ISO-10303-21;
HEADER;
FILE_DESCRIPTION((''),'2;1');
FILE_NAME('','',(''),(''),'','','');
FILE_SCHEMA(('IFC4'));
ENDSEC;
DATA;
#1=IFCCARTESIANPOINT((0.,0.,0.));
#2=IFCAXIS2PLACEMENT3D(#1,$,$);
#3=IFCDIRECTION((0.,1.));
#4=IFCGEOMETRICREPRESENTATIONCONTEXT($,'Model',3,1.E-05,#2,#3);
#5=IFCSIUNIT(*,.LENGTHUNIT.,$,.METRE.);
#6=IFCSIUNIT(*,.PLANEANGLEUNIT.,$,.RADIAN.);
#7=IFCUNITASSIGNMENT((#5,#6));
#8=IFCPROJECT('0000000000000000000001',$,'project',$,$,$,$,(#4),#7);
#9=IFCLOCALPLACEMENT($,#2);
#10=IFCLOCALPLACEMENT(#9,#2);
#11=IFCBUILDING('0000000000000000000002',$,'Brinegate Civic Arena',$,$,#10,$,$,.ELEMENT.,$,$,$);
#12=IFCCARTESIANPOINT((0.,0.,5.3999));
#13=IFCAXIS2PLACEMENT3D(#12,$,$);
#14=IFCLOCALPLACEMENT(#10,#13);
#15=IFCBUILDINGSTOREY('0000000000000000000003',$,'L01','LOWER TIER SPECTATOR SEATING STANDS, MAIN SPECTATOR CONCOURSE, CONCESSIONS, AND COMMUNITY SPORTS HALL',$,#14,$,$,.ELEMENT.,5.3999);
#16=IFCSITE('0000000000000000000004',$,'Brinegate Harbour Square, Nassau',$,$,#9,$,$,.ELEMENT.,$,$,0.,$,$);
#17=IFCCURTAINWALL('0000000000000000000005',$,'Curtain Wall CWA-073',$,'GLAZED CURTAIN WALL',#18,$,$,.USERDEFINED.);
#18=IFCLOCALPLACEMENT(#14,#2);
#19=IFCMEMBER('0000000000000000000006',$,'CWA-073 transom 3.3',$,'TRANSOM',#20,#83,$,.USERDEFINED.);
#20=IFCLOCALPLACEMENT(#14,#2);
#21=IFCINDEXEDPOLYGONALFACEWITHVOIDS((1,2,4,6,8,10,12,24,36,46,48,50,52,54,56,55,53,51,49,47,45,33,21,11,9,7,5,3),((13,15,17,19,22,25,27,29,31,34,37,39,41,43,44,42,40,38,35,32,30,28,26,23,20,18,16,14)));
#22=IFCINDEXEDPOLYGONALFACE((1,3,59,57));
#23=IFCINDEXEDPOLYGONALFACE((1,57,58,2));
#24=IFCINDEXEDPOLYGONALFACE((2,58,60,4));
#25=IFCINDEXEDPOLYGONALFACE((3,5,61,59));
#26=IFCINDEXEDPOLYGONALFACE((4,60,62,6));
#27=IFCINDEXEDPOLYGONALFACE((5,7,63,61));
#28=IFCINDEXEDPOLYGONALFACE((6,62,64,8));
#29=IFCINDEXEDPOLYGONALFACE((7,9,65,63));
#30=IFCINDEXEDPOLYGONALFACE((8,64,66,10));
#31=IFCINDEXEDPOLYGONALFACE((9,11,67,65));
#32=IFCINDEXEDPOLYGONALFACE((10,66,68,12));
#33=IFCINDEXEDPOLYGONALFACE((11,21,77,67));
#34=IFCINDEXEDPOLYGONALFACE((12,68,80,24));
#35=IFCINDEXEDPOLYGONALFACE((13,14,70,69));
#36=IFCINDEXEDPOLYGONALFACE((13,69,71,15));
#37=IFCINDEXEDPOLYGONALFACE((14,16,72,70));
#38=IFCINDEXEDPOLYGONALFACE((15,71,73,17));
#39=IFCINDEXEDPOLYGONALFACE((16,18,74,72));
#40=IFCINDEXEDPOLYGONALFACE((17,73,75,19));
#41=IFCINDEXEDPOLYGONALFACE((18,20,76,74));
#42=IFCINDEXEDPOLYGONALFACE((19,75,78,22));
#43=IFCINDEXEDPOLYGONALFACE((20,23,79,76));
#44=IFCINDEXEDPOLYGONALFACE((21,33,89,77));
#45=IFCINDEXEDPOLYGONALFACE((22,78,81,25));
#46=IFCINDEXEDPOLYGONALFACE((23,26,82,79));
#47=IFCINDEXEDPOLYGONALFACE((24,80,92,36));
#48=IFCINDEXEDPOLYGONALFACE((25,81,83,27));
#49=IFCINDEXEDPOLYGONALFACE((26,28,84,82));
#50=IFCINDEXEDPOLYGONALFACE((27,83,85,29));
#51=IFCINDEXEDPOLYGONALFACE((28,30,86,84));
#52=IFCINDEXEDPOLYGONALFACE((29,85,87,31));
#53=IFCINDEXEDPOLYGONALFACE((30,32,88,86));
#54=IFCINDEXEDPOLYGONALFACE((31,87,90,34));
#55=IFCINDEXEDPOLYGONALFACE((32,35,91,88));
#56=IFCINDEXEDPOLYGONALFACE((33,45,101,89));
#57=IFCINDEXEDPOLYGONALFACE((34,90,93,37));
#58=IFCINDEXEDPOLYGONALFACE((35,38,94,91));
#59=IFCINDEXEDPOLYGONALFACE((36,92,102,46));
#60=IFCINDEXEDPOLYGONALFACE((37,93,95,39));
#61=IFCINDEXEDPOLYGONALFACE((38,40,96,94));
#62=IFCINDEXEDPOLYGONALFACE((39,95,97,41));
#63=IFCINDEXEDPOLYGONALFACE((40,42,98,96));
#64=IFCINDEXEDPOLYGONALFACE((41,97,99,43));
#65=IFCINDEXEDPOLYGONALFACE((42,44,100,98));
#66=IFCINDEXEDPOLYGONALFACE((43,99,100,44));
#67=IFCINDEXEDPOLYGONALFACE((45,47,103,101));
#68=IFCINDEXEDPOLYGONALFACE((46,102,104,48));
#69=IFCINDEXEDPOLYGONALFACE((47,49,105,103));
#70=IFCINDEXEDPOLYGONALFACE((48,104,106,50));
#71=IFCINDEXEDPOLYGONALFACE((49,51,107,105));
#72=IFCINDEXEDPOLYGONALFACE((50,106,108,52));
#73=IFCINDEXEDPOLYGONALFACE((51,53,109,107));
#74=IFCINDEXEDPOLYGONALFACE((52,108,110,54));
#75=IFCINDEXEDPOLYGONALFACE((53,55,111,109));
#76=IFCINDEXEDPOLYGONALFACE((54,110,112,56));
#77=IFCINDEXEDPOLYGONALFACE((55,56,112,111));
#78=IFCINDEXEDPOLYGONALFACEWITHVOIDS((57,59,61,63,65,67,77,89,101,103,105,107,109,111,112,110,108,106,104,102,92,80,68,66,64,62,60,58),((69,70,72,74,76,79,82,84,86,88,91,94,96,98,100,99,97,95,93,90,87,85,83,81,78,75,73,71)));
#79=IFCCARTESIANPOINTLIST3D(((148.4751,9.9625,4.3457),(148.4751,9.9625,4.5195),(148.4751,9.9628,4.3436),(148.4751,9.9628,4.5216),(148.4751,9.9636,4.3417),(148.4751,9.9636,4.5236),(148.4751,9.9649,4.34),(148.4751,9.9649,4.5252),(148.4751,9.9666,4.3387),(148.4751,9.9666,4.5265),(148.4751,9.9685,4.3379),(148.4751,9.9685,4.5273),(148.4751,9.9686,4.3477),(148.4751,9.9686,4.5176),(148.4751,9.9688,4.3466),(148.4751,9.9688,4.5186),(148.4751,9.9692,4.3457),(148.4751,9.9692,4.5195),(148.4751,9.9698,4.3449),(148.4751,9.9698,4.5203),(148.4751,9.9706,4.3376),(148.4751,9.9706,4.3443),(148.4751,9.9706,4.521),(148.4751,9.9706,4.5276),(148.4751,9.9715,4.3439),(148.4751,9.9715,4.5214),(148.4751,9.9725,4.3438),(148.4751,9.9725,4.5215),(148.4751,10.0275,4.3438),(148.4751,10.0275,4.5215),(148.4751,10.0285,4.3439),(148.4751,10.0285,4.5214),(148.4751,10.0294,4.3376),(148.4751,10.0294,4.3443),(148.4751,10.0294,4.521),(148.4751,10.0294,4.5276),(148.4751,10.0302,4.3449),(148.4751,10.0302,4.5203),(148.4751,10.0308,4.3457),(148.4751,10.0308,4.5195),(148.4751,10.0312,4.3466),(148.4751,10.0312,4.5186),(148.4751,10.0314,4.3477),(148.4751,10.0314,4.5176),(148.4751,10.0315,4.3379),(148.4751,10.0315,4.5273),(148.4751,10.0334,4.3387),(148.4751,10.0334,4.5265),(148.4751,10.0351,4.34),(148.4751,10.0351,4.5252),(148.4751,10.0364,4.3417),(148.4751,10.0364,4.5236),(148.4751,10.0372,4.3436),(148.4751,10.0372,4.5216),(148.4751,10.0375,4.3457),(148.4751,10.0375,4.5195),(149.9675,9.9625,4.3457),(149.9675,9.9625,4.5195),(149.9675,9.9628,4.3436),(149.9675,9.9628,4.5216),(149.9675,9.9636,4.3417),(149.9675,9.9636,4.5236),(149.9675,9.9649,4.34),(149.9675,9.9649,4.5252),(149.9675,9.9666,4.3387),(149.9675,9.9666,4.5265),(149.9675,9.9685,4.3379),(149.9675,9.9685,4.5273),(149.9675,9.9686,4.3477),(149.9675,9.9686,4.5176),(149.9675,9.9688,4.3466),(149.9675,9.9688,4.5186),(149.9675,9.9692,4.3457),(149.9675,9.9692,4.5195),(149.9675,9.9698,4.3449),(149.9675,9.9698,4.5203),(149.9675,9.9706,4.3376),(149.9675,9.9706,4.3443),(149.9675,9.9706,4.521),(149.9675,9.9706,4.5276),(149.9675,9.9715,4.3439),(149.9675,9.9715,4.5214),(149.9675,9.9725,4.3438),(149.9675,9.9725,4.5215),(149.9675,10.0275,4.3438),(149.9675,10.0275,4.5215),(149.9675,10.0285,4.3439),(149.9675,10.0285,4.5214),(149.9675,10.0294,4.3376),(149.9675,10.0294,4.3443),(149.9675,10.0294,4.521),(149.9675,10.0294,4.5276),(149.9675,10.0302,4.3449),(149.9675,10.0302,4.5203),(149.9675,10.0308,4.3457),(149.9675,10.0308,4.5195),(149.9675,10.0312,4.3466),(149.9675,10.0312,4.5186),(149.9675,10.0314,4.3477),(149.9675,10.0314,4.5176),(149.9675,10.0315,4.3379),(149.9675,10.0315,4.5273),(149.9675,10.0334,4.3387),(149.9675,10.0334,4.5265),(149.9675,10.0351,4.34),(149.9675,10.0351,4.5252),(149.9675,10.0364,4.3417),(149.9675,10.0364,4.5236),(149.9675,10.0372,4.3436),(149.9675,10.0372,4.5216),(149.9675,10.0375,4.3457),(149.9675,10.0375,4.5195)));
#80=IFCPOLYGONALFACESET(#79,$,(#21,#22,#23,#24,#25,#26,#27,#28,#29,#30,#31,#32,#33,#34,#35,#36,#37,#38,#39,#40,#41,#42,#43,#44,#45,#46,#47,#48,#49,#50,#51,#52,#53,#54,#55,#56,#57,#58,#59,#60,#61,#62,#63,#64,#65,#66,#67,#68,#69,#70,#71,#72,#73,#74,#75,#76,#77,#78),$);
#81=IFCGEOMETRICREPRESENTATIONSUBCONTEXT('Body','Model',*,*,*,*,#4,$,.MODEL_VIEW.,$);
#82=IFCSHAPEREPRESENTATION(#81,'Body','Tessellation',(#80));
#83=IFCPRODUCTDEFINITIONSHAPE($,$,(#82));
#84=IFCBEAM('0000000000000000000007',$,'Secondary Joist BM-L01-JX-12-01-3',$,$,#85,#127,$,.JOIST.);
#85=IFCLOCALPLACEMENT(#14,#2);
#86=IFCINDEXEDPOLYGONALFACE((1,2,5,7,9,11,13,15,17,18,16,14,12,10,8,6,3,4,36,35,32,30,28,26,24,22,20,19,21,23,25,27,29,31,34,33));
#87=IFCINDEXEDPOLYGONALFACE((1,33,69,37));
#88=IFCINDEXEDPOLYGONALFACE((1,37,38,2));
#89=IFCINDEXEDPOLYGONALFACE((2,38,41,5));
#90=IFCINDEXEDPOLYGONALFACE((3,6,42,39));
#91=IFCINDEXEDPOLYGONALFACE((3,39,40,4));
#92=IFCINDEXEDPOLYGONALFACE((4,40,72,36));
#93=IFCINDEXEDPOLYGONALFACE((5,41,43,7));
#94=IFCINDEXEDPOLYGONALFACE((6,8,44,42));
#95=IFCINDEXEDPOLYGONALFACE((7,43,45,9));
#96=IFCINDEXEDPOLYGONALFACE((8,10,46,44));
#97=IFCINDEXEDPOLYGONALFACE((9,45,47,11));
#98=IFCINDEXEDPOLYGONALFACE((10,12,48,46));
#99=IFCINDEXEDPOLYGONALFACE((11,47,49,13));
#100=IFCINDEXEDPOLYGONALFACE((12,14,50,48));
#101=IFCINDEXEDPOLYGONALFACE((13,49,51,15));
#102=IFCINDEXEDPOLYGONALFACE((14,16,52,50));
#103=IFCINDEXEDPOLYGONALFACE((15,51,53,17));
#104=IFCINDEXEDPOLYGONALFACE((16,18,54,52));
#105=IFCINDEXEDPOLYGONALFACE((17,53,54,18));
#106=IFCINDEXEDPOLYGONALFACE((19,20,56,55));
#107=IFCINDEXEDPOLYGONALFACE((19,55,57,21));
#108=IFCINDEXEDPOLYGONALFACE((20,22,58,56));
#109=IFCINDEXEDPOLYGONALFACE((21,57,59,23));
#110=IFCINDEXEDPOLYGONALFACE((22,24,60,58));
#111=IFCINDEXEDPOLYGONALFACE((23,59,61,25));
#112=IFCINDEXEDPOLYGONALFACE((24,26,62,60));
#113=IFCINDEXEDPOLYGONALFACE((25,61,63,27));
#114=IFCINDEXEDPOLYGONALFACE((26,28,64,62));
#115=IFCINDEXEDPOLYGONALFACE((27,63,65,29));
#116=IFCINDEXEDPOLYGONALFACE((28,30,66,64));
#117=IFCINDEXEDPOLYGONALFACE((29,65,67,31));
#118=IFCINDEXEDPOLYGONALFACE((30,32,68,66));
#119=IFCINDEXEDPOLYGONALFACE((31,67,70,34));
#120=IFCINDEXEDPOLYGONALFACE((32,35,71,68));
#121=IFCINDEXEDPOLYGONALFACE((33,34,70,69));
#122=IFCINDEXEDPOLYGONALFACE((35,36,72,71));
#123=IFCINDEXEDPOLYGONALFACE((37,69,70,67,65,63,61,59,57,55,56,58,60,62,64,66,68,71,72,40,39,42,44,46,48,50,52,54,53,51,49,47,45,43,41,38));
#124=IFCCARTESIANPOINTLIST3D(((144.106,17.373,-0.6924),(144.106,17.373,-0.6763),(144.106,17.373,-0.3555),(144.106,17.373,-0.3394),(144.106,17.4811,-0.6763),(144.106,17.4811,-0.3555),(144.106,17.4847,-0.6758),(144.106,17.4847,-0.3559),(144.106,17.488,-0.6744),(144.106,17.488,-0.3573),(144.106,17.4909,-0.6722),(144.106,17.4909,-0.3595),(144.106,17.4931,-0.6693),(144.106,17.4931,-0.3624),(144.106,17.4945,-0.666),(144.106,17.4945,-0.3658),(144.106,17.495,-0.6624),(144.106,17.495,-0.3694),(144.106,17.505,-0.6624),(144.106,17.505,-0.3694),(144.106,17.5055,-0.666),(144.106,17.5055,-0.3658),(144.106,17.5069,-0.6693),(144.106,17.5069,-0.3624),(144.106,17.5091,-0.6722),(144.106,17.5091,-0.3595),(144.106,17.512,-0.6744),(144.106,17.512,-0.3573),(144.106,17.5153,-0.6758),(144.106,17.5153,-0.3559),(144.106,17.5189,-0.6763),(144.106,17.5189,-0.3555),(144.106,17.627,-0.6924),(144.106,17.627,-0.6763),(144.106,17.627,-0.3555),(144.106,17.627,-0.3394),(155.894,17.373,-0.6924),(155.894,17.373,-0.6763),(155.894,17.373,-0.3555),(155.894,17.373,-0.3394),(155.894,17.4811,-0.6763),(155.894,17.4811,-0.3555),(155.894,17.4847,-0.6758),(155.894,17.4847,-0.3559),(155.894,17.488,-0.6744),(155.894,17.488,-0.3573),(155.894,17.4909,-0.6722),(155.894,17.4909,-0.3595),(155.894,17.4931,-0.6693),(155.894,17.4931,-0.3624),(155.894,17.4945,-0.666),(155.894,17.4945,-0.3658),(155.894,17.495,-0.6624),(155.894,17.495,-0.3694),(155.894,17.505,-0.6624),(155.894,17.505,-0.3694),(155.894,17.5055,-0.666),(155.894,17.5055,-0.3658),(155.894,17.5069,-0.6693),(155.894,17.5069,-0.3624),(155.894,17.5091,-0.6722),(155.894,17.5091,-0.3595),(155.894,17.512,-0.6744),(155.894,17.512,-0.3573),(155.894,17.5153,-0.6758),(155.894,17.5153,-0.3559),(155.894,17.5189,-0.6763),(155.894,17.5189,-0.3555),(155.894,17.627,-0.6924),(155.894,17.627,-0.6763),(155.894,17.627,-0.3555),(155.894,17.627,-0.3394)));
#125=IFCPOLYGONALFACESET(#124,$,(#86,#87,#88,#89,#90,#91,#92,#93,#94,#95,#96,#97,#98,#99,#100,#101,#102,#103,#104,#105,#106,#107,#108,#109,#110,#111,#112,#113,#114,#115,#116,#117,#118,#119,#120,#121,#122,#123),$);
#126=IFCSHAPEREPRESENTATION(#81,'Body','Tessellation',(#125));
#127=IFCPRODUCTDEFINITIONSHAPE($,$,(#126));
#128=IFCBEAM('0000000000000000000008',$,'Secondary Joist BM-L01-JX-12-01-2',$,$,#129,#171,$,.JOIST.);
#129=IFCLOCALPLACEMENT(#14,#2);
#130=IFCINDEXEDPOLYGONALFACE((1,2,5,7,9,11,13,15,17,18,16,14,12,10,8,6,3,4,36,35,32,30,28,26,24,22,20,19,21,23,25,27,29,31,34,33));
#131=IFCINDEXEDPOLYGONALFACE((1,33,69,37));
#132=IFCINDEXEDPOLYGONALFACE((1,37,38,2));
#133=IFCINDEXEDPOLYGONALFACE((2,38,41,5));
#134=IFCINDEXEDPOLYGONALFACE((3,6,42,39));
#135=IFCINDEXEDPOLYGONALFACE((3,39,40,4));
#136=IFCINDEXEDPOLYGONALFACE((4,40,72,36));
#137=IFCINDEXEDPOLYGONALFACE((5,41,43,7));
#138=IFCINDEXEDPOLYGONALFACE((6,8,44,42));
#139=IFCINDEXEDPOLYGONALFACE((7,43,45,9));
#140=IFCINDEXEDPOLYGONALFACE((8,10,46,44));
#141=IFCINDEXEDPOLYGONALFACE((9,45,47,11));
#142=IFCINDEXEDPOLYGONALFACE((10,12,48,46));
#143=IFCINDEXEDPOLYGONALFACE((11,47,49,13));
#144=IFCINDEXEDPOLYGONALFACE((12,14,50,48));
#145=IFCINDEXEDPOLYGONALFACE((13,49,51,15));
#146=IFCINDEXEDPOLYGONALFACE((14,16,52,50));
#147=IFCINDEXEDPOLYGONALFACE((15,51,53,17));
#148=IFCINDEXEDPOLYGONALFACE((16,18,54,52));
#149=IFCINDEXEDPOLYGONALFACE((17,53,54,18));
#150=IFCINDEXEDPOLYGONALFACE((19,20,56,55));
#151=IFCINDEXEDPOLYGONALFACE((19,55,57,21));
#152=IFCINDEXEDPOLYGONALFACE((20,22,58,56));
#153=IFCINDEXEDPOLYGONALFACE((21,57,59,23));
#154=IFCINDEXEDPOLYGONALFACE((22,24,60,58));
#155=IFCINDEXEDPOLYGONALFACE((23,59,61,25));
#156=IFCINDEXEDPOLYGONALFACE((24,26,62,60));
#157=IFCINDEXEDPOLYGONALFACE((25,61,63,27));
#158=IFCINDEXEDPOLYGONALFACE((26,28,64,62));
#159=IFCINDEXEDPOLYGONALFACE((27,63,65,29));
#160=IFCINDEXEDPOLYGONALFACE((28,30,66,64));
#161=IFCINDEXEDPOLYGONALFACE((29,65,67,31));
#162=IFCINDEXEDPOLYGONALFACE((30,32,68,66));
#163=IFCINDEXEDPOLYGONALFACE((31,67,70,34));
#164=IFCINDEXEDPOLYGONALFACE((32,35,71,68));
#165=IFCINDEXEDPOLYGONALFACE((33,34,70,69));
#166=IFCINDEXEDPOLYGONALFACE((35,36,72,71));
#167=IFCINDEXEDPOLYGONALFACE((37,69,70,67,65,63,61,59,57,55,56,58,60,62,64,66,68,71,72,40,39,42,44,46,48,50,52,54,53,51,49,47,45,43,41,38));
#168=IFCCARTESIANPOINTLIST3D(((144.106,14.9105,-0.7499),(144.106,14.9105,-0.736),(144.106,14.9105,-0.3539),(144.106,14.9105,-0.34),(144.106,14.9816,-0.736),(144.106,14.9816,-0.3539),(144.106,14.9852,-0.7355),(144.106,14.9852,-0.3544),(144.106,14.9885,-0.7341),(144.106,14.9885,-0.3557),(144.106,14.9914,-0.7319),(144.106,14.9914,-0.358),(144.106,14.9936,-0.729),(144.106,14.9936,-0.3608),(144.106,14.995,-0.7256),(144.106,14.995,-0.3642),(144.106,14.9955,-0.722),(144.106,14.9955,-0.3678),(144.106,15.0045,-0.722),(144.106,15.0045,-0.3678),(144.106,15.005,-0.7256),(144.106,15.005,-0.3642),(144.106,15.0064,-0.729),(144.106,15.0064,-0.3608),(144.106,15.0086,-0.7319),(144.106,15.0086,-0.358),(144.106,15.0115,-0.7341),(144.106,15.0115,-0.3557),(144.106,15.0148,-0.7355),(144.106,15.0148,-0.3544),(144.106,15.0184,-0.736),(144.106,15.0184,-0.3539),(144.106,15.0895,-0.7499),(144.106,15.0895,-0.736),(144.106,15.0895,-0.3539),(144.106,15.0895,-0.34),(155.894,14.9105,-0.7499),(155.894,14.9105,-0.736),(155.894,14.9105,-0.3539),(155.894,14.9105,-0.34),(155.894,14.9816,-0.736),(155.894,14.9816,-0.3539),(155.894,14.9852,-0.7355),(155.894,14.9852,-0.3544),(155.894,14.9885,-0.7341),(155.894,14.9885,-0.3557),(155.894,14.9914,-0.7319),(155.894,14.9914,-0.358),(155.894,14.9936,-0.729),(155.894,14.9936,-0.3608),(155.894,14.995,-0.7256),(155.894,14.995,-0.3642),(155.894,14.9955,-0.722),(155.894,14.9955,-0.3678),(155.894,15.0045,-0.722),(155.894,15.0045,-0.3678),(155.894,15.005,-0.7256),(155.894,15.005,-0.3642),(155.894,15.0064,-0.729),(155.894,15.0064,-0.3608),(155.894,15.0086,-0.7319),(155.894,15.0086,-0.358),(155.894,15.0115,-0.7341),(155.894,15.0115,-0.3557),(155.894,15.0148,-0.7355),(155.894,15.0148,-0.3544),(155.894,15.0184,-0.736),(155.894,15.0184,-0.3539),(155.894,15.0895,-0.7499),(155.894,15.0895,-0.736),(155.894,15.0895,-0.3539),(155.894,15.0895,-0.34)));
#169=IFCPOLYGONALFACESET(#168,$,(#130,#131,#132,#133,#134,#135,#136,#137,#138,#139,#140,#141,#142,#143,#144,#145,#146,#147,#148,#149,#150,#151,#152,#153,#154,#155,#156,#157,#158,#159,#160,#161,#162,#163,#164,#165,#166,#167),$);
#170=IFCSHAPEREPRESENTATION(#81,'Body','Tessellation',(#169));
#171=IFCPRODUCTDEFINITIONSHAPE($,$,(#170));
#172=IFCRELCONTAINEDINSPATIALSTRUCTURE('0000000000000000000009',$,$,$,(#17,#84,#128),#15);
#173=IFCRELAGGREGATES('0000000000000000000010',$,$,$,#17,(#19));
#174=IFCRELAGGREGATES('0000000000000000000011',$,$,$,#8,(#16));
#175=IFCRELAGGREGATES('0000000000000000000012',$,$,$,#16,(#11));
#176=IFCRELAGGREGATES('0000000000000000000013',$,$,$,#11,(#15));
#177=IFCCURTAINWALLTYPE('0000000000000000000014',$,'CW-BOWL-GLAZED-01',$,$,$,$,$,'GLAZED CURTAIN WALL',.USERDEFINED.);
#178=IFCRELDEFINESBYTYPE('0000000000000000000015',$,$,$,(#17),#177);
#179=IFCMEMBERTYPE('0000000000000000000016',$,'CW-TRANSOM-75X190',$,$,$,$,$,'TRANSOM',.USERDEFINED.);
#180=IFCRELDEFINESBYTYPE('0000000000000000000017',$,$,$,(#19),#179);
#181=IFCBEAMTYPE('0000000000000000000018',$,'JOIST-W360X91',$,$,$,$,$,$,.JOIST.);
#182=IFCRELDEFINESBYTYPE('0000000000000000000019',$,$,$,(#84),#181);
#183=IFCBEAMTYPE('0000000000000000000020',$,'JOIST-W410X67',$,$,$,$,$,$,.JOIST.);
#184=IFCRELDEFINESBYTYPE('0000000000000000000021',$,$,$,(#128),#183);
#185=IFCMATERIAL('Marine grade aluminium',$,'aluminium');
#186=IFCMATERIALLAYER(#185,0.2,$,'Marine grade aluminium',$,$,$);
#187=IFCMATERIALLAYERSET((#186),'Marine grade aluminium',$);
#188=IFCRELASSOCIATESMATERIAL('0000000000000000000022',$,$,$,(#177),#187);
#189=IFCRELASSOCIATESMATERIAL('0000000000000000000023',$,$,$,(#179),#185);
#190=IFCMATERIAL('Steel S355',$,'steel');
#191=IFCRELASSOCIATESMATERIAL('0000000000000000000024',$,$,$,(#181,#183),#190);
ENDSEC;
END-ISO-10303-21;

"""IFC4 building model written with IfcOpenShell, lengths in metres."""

from ifc_helpers import new_model, si_unit, direction, frame, origin, origin_2d, place, context, subcontext, project, spatial, hollow_rectangle, i_section, extrude, material, layer, layer_set, material_profile, profile_set, type_object, element, aggregate, save


model = new_model("IFC4")

# Units and contexts
model_context = context("Model", 3, precision=1e-05, world=origin(), true_north=direction((0.0, 1.0)))
body_context = subcontext(model_context, "Body", "Model", "MODEL_VIEW")
ifc_project = project(units=[si_unit("LENGTHUNIT", "METRE"), si_unit("PLANEANGLEUNIT", "RADIAN")], contexts=[model_context])

# Site, building, storey
site_placement = place(None, origin())
site = spatial("IfcSite", under=ifc_project, at=site_placement, Name="Brinegate Harbour Square, Nassau", CompositionType="ELEMENT", RefElevation=0.0)
building_placement = place(site_placement, origin())
building = spatial("IfcBuilding", under=site, at=building_placement, Name="Brinegate Civic Arena", CompositionType="ELEMENT")
storey_placement = place(building_placement, frame((0.0, 0.0, 5.3999)))
storey = spatial("IfcBuildingStorey", under=building, at=storey_placement, Name="L01", Description="LOWER TIER SPECTATOR SEATING STANDS, MAIN SPECTATOR CONCOURSE, CONCESSIONS, AND COMMUNITY SPORTS HALL", CompositionType="ELEMENT", Elevation=5.3999)

# Curtain wall, member
ifc_material_1 = material(Name="Marine grade aluminium", Category="aluminium")
ifc_layer_1 = layer(ifc_material_1, 0.2, Name="Marine grade aluminium")
ifc_layer_set_1 = layer_set([ifc_layer_1], Name="Marine grade aluminium")
curtain_wall_type = type_object("IfcCurtainWallType", Name="CW-BOWL-GLAZED-01", ElementType="GLAZED CURTAIN WALL", PredefinedType="USERDEFINED", material=ifc_layer_set_1)
curtain_wall_placement = place(storey_placement, origin())
curtain_wall = element("IfcCurtainWall", 1, at=curtain_wall_placement, inside=storey, type_object=curtain_wall_type, Name="Curtain Wall CWA-073", ObjectType="GLAZED CURTAIN WALL", PredefinedType="USERDEFINED")
ifc_material_profile_1 = material_profile(ifc_material_1, hollow_rectangle(XDim=0.075, YDim=0.1899, WallThickness=0.0061, InnerFilletRadius=0.0039, OuterFilletRadius=0.0081, at=origin_2d()), Name="TRN75X190")
ifc_profile_set_1 = profile_set([ifc_material_profile_1], Name="Marine grade aluminium")
member_type_1 = type_object("IfcMemberType", Name="CW-TRANSOM-75X190", ElementType="TRANSOM", PredefinedType="USERDEFINED", material=ifc_profile_set_1)
member_1_placement = place(storey_placement, frame((148.4751, 10.0, 4.4326), z_axis=(1.0, 0.0, 0.0), x_axis=(0.0, 1.0, 0.0)))
member_1 = element("IfcMember", 2, at=member_1_placement, type_object=member_type_1, Name="CWA-073 transom 3.3", ObjectType="TRANSOM", PredefinedType="USERDEFINED", context=body_context, shape_type="SweptSolid", body=[
    extrude(hollow_rectangle(XDim=0.075, YDim=0.1899, WallThickness=0.0061, InnerFilletRadius=0.0039, OuterFilletRadius=0.0081, at=origin_2d()), origin(), (0.0, 0.0, 1.0), 1.4924),
])

# Beams
ifc_material_2 = material(Name="Steel S355", Category="steel")
ifc_material_profile_2 = material_profile(ifc_material_2, i_section(OverallWidth=0.2539, OverallDepth=0.353, WebThickness=0.01, FlangeThickness=0.0161, FilletRadius=0.0139, at=origin_2d()), Name="W360X91")
ifc_profile_set_2 = profile_set([ifc_material_profile_2], Name="Steel S355")
beam_type_1 = type_object("IfcBeamType", Name="JOIST-W360X91", PredefinedType="JOIST", material=ifc_profile_set_2)
beam_1_placement = place(storey_placement, frame((144.106, 17.5, -0.5159), z_axis=(1.0, 0.0, 0.0), x_axis=(0.0, 1.0, 0.0)))
element("IfcBeam", 3, at=beam_1_placement, inside=storey, type_object=beam_type_1, Name="Secondary Joist BM-L01-JX-12-01-3", PredefinedType="JOIST", context=body_context, shape_type="SweptSolid", body=[
    extrude(i_section(OverallWidth=0.2539, OverallDepth=0.353, WebThickness=0.01, FlangeThickness=0.0161, FilletRadius=0.0139, at=origin_2d()), origin(), (0.0, 0.0, 1.0), 11.7881),
])
ifc_material_profile_3 = material_profile(ifc_material_2, i_section(OverallWidth=0.179, OverallDepth=0.4099, WebThickness=0.009, FlangeThickness=0.0139, FilletRadius=0.0139, at=origin_2d()), Name="W410X67")
ifc_profile_set_3 = profile_set([ifc_material_profile_3], Name="Steel S355")
beam_type_2 = type_object("IfcBeamType", Name="JOIST-W410X67", PredefinedType="JOIST", material=ifc_profile_set_3)
beam_2_placement = place(storey_placement, frame((144.106, 15.0, -0.5449), z_axis=(1.0, 0.0, 0.0), x_axis=(0.0, 1.0, 0.0)))
element("IfcBeam", 4, at=beam_2_placement, inside=storey, type_object=beam_type_2, Name="Secondary Joist BM-L01-JX-12-01-2", PredefinedType="JOIST", context=body_context, shape_type="SweptSolid", body=[
    extrude(i_section(OverallWidth=0.179, OverallDepth=0.4099, WebThickness=0.009, FlangeThickness=0.0139, FilletRadius=0.0139, at=origin_2d()), origin(), (0.0, 0.0, 1.0), 11.7881),
])

aggregate(curtain_wall, [member_1])

save(model, "model.ifc")
